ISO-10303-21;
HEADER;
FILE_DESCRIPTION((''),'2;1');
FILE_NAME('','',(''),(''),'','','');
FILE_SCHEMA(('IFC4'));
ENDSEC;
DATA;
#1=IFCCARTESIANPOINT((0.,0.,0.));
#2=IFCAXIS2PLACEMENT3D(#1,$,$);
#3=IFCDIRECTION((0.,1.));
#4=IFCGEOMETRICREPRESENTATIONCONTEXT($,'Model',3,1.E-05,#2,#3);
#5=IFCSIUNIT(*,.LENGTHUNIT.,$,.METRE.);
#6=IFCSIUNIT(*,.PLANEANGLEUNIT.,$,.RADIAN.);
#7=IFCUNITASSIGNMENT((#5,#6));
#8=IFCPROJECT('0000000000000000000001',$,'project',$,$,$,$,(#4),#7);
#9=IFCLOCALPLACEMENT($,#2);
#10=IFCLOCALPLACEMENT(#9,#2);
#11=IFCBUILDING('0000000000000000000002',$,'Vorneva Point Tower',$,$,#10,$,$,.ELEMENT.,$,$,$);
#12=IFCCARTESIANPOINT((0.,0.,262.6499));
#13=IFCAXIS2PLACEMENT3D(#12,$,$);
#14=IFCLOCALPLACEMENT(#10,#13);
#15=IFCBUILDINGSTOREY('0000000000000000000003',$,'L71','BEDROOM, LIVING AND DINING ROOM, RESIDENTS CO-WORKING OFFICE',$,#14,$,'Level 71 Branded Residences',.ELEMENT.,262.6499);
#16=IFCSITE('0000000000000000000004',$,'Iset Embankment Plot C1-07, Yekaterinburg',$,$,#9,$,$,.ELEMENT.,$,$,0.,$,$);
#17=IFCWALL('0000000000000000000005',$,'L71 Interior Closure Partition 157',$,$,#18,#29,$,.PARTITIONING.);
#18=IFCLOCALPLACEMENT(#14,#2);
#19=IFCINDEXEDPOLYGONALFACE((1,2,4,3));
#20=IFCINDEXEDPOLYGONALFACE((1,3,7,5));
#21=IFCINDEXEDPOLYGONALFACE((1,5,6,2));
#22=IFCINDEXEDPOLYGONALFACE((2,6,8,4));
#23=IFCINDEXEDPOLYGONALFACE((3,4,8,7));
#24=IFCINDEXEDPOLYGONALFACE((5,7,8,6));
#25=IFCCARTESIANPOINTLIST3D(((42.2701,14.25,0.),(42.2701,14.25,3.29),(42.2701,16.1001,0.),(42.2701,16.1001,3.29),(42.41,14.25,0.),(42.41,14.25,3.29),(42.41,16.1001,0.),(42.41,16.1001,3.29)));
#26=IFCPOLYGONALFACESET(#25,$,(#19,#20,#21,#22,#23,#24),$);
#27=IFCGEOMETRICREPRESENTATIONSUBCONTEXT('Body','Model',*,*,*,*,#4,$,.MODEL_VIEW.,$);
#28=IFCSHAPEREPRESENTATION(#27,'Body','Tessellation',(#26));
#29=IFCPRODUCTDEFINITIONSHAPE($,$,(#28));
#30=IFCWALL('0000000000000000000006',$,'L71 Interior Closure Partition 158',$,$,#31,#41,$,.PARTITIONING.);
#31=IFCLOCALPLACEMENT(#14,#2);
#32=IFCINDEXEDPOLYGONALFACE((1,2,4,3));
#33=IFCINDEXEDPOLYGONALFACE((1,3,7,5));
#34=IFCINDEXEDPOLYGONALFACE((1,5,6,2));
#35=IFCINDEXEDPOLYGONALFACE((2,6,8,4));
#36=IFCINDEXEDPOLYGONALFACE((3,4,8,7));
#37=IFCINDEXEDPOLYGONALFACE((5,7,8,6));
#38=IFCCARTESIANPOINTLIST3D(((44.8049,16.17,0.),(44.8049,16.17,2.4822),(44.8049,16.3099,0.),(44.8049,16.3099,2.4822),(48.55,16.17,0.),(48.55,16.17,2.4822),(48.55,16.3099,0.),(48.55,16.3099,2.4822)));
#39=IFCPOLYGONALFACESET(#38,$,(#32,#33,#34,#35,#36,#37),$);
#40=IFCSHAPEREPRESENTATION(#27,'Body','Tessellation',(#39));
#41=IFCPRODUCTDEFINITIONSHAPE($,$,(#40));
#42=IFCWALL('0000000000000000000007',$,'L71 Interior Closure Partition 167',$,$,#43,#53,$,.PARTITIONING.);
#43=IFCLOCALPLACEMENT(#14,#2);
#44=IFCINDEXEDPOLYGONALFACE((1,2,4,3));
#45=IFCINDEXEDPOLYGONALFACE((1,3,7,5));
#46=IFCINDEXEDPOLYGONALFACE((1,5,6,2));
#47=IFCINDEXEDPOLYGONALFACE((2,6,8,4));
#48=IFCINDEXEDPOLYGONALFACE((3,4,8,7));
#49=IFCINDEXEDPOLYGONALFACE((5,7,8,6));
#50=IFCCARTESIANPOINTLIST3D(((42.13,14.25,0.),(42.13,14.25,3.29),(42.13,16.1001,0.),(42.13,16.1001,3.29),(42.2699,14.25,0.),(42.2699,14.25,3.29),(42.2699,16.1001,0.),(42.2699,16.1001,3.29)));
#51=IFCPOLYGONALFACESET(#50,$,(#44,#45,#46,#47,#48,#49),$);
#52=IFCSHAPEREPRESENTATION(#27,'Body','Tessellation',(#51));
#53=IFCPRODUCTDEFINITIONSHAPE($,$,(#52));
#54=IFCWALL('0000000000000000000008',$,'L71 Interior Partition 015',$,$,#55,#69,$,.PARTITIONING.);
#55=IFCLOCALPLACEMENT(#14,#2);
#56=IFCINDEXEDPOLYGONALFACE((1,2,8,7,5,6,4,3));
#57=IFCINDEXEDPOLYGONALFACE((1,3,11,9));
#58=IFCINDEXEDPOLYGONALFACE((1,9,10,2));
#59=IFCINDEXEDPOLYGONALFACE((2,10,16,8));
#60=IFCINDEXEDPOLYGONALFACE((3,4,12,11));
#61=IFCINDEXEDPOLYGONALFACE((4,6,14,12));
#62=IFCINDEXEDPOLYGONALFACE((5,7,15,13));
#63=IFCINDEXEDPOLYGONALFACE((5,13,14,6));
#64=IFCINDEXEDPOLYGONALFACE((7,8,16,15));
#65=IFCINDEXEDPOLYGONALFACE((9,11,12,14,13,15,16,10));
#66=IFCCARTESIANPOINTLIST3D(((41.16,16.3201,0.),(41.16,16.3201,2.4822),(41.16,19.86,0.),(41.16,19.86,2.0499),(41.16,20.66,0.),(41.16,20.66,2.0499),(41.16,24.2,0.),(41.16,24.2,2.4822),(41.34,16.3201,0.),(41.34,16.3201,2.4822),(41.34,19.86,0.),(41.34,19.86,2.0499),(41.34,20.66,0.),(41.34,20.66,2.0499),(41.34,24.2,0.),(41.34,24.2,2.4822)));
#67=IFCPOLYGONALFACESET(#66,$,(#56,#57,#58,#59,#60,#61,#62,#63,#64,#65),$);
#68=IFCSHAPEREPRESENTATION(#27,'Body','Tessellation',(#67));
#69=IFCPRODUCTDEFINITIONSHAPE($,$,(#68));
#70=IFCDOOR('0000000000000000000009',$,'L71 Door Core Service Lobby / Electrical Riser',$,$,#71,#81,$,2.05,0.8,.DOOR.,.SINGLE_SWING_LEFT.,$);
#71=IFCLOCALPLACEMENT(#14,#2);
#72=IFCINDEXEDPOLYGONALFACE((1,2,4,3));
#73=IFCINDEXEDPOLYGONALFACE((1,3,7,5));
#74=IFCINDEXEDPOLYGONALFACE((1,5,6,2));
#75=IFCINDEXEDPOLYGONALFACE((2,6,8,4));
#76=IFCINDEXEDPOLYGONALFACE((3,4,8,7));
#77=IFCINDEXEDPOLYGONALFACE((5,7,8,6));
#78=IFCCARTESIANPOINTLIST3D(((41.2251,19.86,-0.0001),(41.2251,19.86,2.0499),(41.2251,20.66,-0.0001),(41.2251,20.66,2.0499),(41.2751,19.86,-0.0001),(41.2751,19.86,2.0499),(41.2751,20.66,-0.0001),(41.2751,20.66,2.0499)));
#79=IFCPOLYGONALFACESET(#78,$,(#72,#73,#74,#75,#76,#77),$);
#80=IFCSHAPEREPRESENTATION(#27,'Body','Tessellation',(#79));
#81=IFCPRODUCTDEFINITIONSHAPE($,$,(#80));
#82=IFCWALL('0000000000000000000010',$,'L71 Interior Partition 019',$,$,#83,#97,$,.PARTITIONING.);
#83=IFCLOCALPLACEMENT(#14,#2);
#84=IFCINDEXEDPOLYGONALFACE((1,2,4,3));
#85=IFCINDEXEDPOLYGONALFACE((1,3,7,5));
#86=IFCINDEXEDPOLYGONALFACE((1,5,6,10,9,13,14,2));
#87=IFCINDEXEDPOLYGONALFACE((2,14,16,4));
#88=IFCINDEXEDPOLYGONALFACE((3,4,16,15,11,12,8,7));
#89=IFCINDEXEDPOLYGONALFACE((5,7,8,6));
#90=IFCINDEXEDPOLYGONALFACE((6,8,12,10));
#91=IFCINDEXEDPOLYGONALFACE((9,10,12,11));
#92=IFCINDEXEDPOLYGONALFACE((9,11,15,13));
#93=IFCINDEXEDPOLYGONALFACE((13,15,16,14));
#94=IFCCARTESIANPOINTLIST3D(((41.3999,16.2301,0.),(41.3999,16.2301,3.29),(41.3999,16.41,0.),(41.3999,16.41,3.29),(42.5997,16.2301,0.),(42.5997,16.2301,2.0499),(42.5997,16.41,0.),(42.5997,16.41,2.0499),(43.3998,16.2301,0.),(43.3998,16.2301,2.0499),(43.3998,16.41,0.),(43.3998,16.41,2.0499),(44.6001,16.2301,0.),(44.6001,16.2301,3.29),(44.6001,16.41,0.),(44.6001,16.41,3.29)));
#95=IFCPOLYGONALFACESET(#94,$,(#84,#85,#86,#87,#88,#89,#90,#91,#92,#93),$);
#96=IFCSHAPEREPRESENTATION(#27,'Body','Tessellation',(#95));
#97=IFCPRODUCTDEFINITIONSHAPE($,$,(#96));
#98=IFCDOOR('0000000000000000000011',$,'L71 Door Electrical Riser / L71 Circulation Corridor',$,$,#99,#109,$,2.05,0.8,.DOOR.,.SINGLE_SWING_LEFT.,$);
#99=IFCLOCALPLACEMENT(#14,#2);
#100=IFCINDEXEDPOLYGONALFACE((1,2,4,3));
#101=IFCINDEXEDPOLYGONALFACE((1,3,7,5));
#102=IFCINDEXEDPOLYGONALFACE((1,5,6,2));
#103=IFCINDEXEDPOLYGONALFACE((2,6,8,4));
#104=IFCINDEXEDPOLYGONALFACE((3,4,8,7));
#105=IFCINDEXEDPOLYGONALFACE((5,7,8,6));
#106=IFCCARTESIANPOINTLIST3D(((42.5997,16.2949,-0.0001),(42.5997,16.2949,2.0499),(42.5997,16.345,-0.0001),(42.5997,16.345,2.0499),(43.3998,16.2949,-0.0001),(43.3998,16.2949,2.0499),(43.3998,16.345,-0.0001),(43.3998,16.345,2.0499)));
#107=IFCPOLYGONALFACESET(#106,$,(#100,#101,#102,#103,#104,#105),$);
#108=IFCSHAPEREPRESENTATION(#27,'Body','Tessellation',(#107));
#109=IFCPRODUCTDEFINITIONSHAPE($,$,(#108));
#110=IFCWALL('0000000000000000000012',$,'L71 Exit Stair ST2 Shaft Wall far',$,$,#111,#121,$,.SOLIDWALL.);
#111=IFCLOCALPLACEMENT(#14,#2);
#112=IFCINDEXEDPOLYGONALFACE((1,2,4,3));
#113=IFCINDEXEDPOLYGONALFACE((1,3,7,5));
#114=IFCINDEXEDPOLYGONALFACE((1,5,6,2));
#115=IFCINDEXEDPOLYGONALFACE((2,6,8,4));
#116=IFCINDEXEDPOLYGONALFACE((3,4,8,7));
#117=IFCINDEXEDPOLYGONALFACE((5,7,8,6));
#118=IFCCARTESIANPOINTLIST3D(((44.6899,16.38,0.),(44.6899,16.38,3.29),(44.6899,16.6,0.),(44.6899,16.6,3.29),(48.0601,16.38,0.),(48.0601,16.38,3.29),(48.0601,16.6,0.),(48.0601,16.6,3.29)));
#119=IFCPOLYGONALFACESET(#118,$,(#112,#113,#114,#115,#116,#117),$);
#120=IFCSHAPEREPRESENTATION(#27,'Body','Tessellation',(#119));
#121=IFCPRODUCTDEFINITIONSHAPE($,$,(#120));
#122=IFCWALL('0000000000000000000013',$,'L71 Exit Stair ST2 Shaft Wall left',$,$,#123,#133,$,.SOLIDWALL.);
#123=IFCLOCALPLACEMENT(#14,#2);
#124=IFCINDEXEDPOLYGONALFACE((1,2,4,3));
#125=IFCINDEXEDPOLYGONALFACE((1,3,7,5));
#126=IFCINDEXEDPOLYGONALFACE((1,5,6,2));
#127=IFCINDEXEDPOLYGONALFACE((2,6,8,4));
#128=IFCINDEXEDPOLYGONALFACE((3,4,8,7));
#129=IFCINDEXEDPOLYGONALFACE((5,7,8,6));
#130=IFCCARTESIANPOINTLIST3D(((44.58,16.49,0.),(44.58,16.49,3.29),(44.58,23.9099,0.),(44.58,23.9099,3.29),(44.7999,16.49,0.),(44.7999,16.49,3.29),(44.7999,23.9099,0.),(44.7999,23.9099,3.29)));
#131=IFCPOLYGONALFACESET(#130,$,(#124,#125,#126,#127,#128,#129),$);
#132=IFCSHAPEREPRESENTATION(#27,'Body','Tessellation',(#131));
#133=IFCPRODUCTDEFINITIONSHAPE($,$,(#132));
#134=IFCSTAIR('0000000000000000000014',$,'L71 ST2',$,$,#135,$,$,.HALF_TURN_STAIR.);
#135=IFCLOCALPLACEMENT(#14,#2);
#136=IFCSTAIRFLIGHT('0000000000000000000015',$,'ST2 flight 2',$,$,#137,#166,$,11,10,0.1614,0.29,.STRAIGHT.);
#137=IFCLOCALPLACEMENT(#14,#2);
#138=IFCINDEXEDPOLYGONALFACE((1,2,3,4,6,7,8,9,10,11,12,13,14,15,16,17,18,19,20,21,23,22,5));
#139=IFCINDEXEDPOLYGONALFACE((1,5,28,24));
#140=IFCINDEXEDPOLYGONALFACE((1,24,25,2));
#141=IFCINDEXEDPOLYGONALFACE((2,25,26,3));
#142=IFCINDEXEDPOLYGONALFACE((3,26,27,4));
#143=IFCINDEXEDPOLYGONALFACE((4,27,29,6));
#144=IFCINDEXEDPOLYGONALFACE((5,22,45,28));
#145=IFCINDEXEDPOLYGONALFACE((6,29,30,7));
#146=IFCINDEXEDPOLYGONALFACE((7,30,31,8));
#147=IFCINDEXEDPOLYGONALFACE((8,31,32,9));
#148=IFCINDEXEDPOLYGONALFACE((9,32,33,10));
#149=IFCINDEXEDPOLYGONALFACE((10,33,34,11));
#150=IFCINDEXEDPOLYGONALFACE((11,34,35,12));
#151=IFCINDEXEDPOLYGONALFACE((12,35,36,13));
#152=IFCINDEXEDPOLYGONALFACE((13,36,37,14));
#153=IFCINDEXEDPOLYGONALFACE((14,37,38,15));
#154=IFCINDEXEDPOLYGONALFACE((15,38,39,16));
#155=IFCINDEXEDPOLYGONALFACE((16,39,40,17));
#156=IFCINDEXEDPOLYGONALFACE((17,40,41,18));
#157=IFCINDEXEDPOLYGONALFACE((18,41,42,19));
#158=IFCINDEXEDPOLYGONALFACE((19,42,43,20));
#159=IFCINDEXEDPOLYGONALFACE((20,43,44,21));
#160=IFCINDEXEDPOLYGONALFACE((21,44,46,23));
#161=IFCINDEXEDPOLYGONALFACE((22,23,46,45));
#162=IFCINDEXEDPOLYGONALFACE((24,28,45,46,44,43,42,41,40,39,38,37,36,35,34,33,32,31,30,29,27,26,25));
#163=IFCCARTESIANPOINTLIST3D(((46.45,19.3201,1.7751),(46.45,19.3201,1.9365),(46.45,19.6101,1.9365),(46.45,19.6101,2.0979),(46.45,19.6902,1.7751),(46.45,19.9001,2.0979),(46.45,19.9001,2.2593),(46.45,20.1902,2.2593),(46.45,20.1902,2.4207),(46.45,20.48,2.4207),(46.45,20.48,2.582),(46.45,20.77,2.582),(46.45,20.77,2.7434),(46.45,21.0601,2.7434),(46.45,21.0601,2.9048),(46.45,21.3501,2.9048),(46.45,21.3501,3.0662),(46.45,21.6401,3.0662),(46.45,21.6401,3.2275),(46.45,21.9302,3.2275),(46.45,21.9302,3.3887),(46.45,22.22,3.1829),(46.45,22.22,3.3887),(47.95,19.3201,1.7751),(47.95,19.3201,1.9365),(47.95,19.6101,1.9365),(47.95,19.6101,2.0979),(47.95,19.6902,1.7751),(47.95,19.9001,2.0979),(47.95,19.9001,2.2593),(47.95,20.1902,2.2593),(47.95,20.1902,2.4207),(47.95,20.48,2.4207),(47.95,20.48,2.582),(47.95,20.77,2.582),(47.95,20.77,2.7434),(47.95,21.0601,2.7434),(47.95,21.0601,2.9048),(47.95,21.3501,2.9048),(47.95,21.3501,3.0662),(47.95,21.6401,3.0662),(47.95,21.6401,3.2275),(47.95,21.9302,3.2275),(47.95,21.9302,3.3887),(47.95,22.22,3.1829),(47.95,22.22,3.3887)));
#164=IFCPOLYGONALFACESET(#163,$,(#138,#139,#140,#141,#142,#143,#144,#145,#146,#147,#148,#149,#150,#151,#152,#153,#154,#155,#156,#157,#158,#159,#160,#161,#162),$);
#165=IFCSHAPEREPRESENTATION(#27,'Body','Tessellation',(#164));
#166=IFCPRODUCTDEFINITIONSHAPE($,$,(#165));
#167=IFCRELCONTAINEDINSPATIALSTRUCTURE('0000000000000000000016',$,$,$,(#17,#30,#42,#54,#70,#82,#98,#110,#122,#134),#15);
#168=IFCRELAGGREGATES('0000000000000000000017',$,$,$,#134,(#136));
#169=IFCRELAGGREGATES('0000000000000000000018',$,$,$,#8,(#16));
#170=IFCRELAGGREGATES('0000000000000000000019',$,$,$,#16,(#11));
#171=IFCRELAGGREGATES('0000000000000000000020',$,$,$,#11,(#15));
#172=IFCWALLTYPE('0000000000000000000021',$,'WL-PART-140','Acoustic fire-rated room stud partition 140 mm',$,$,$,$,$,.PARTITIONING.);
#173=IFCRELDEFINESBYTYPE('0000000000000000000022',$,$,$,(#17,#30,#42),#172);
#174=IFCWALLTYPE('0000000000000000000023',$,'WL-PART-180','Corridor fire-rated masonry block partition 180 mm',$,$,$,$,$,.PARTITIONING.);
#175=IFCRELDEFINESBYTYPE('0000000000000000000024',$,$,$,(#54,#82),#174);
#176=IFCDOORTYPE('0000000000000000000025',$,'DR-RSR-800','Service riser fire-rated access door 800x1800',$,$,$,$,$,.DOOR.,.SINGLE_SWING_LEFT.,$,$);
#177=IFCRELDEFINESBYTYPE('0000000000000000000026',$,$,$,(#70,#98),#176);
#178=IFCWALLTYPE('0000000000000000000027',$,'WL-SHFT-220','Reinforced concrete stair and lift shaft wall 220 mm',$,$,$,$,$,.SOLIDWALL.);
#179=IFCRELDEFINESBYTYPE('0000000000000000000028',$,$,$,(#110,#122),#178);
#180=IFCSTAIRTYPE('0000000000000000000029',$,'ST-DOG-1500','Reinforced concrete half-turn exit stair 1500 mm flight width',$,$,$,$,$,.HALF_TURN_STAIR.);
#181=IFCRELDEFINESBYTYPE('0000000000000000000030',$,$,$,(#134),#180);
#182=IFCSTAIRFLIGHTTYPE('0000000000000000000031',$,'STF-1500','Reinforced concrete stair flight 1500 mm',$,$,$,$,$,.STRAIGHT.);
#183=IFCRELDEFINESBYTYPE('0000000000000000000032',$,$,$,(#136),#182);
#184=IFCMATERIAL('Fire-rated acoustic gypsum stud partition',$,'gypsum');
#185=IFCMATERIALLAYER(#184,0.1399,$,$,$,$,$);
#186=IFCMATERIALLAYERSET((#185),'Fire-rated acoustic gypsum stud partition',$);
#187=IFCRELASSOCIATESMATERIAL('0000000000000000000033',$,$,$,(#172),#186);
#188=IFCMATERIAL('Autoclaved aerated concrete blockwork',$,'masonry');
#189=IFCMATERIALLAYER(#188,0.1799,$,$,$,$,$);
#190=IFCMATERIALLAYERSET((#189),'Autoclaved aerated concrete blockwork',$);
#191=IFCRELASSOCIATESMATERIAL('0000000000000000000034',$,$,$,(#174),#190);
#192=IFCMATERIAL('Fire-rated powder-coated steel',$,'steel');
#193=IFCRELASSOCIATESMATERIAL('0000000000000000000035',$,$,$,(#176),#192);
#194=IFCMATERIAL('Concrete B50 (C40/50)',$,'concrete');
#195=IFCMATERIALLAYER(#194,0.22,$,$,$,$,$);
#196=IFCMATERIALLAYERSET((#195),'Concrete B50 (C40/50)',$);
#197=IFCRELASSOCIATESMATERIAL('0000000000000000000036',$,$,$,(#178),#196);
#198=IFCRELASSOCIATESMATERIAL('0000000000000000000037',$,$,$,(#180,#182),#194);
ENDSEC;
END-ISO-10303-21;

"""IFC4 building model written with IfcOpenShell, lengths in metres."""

from ifc_helpers import new_model, si_unit, direction, frame, frame_2d, origin, place, context, subcontext, project, spatial, polyline, rectangle, outline, extrude, material, layer, layer_set, type_object, element, fill, aggregate, save


model = new_model("IFC4")

# Units and contexts
model_context = context("Model", 3, precision=1e-05, world=origin(), true_north=direction((0.0, 1.0)))
body_context = subcontext(model_context, "Body", "Model", "MODEL_VIEW")
ifc_project = project(units=[si_unit("LENGTHUNIT", "METRE"), si_unit("PLANEANGLEUNIT", "RADIAN")], contexts=[model_context])

# Site, building, storey
site_placement = place(None, origin())
site = spatial("IfcSite", under=ifc_project, at=site_placement, Name="Iset Embankment Plot C1-07, Yekaterinburg", CompositionType="ELEMENT", RefElevation=0.0)
building_placement = place(site_placement, origin())
building = spatial("IfcBuilding", under=site, at=building_placement, Name="Vorneva Point Tower", CompositionType="ELEMENT")
storey_placement = place(building_placement, frame((0.0, 0.0, 262.6499)))
storey = spatial("IfcBuildingStorey", under=building, at=storey_placement, Name="L71", Description="BEDROOM, LIVING AND DINING ROOM, RESIDENTS CO-WORKING OFFICE", LongName="Level 71 Branded Residences", CompositionType="ELEMENT", Elevation=262.6499)

# Walls
ifc_material_1 = material(Name="Fire-rated acoustic gypsum stud partition", Category="gypsum")
ifc_layer_1 = layer(ifc_material_1, 0.1399)
ifc_layer_set_1 = layer_set([ifc_layer_1], Name="Fire-rated acoustic gypsum stud partition")
wall_type_1 = type_object("IfcWallType", Name="WL-PART-140", Description="Acoustic fire-rated room stud partition 140 mm", PredefinedType="PARTITIONING", material=ifc_layer_set_1)
wall_1_placement = place(storey_placement, frame((42.3401, 14.25, 0.0), z_axis=(0.0, 0.0, 1.0), x_axis=(0.0, 1.0, 0.0)))
element("IfcWall", 1, at=wall_1_placement, inside=storey, type_object=wall_type_1, Name="L71 Interior Closure Partition 157", PredefinedType="PARTITIONING", context=body_context, shape_type="SweptSolid", body=[
    extrude(rectangle(XDim=1.8501, YDim=0.1399, at=frame_2d((0.925, 0.0))), origin(), (0.0, 0.0, 1.0), 3.29),
])
wall_2_placement = place(storey_placement, frame((44.8049, 16.24, 0.0), z_axis=(0.0, 0.0, 1.0), x_axis=(1.0, 0.0, 0.0)))
element("IfcWall", 2, at=wall_2_placement, inside=storey, type_object=wall_type_1, Name="L71 Interior Closure Partition 158", PredefinedType="PARTITIONING", context=body_context, shape_type="SweptSolid", body=[
    extrude(rectangle(XDim=3.7451, YDim=0.1399, at=frame_2d((1.8726, 0.0))), origin(), (0.0, 0.0, 1.0), 2.4822),
])
wall_3_placement = place(storey_placement, frame((42.2, 16.1001, 0.0), z_axis=(0.0, 0.0, 1.0), x_axis=(0.0, -1.0, 0.0)))
element("IfcWall", 3, at=wall_3_placement, inside=storey, type_object=wall_type_1, Name="L71 Interior Closure Partition 167", PredefinedType="PARTITIONING", context=body_context, shape_type="SweptSolid", body=[
    extrude(rectangle(XDim=1.8501, YDim=0.1399, at=frame_2d((0.925, 0.0))), origin(), (0.0, 0.0, 1.0), 3.29),
])

# Walls, openings, doors
ifc_material_2 = material(Name="Autoclaved aerated concrete blockwork", Category="masonry")
ifc_layer_2 = layer(ifc_material_2, 0.1799)
ifc_layer_set_2 = layer_set([ifc_layer_2], Name="Autoclaved aerated concrete blockwork")
wall_type_2 = type_object("IfcWallType", Name="WL-PART-180", Description="Corridor fire-rated masonry block partition 180 mm", PredefinedType="PARTITIONING", material=ifc_layer_set_2)
wall_4_placement = place(storey_placement, frame((41.25, 16.3201, 0.0), z_axis=(0.0, 0.0, 1.0), x_axis=(0.0, 1.0, 0.0)))
wall_4 = element("IfcWall", 4, at=wall_4_placement, inside=storey, type_object=wall_type_2, Name="L71 Interior Partition 015", PredefinedType="PARTITIONING", context=body_context, shape_type="SweptSolid", body=[
    extrude(rectangle(XDim=7.8799, YDim=0.1799, at=frame_2d((3.9399, 0.0))), origin(), (0.0, 0.0, 1.0), 2.4822),
])
opening_1_placement = place(wall_4_placement, frame((3.54, 0.0, 0.0)))
opening_1 = element("IfcOpeningElement", 5, at=opening_1_placement, cuts=wall_4, PredefinedType="OPENING", context=body_context, shape_type="SweptSolid", body=[
    extrude(rectangle(XDim=0.8, YDim=2.05, at=frame_2d((0.3999, 1.0249))), frame((0.0, 0.105, 0.0), z_axis=(0.0, -1.0, 0.0), x_axis=(1.0, 0.0, 0.0)), (0.0, 0.0, 1.0), 0.2097),
])
ifc_material_3 = material(Name="Fire-rated powder-coated steel", Category="steel")
door_type_1 = type_object("IfcDoorType", Name="DR-RSR-800", Description="Service riser fire-rated access door 800x1800", OperationType="SINGLE_SWING_LEFT", PredefinedType="DOOR", material=ifc_material_3)
door_1_placement = place(opening_1_placement, origin())
door_1 = element("IfcDoor", 6, at=door_1_placement, inside=storey, type_object=door_type_1, Name="L71 Door Core Service Lobby / Electrical Riser", OperationType="SINGLE_SWING_LEFT", OverallHeight=2.05, OverallWidth=0.8, PredefinedType="DOOR", context=body_context, shape_type="SweptSolid", body=[
    extrude(rectangle(XDim=0.8, YDim=2.05, at=frame_2d((0.3999, 1.0249))), frame((0.0, 0.0249, 0.0), z_axis=(0.0, -1.0, 0.0), x_axis=(1.0, 0.0, 0.0)), (0.0, 0.0, 1.0), 0.05),
])
fill(opening_1, door_1)
wall_5_placement = place(storey_placement, frame((41.3999, 16.3201, 0.0), z_axis=(0.0, 0.0, 1.0), x_axis=(1.0, 0.0, 0.0)))
wall_5 = element("IfcWall", 7, at=wall_5_placement, inside=storey, type_object=wall_type_2, Name="L71 Interior Partition 019", PredefinedType="PARTITIONING", context=body_context, shape_type="SweptSolid", body=[
    extrude(rectangle(XDim=3.2002, YDim=0.1799, at=frame_2d((1.6001, 0.0))), origin(), (0.0, 0.0, 1.0), 3.29),
])
opening_2_placement = place(wall_5_placement, frame((1.2, 0.0, 0.0)))
opening_2 = element("IfcOpeningElement", 8, at=opening_2_placement, cuts=wall_5, PredefinedType="OPENING", context=body_context, shape_type="SweptSolid", body=[
    extrude(rectangle(XDim=0.8, YDim=2.05, at=frame_2d((0.3999, 1.0249))), frame((0.0, 0.105, 0.0), z_axis=(0.0, -1.0, 0.0), x_axis=(1.0, 0.0, 0.0)), (0.0, 0.0, 1.0), 0.2097),
])
door_2_placement = place(opening_2_placement, origin())
door_2 = element("IfcDoor", 9, at=door_2_placement, inside=storey, type_object=door_type_1, Name="L71 Door Electrical Riser / L71 Circulation Corridor", OperationType="SINGLE_SWING_LEFT", OverallHeight=2.05, OverallWidth=0.8, PredefinedType="DOOR", context=body_context, shape_type="SweptSolid", body=[
    extrude(rectangle(XDim=0.8, YDim=2.05, at=frame_2d((0.3999, 1.0249))), frame((0.0, 0.0249, 0.0), z_axis=(0.0, -1.0, 0.0), x_axis=(1.0, 0.0, 0.0)), (0.0, 0.0, 1.0), 0.05),
])
fill(opening_2, door_2)

# Walls
ifc_material_4 = material(Name="Concrete B50 (C40/50)", Category="concrete")
ifc_layer_3 = layer(ifc_material_4, 0.22)
ifc_layer_set_3 = layer_set([ifc_layer_3], Name="Concrete B50 (C40/50)")
wall_type_3 = type_object("IfcWallType", Name="WL-SHFT-220", Description="Reinforced concrete stair and lift shaft wall 220 mm", PredefinedType="SOLIDWALL", material=ifc_layer_set_3)
wall_6_placement = place(storey_placement, frame((48.0601, 16.49, 0.0), z_axis=(0.0, 0.0, 1.0), x_axis=(-1.0, 0.0, 0.0)))
element("IfcWall", 10, at=wall_6_placement, inside=storey, type_object=wall_type_3, Name="L71 Exit Stair ST2 Shaft Wall far", PredefinedType="SOLIDWALL", context=body_context, shape_type="SweptSolid", body=[
    extrude(rectangle(XDim=3.3701, YDim=0.22, at=frame_2d((1.6851, 0.0))), origin(), (0.0, 0.0, 1.0), 3.29),
])
wall_7_placement = place(storey_placement, frame((44.6899, 16.49, 0.0), z_axis=(0.0, 0.0, 1.0), x_axis=(0.0, 1.0, 0.0)))
element("IfcWall", 11, at=wall_7_placement, inside=storey, type_object=wall_type_3, Name="L71 Exit Stair ST2 Shaft Wall left", PredefinedType="SOLIDWALL", context=body_context, shape_type="SweptSolid", body=[
    extrude(rectangle(XDim=7.4199, YDim=0.22, at=frame_2d((3.71, 0.0))), origin(), (0.0, 0.0, 1.0), 3.29),
])

# Stair, stair flight
stair_type = type_object("IfcStairType", Name="ST-DOG-1500", Description="Reinforced concrete half-turn exit stair 1500 mm flight width", PredefinedType="HALF_TURN_STAIR", material=ifc_material_4)
stair_placement = place(storey_placement, origin())
stair = element("IfcStair", 12, at=stair_placement, inside=storey, type_object=stair_type, Name="L71 ST2", PredefinedType="HALF_TURN_STAIR")
stair_flight_type = type_object("IfcStairFlightType", Name="STF-1500", Description="Reinforced concrete stair flight 1500 mm", PredefinedType="STRAIGHT", material=ifc_material_4)
stair_flight_placement = place(storey_placement, frame((47.2, 19.3201, 1.7751), z_axis=(0.0, 0.0, 1.0), x_axis=(0.0, 1.0, 0.0)))
stair_flight = element("IfcStairFlight", 13, at=stair_flight_placement, type_object=stair_flight_type, Name="ST2 flight 2", NumberOfRisers=11, NumberOfTreads=10, PredefinedType="STRAIGHT", RiserHeight=0.1614, TreadLength=0.29, context=body_context, shape_type="SweptSolid", body=[
    extrude(outline(polyline([(0.0, 0.0), (0.0, 0.1614), (0.29, 0.1614), (0.29, 0.3228), (0.5801, 0.3228), (0.5801, 0.4841), (0.8701, 0.4841), (0.8701, 0.6455), (1.1599, 0.6455), (1.1599, 0.8069), (1.45, 0.8069), (1.45, 0.9683), (1.74, 0.9683), (1.74, 1.1296), (2.03, 1.1296), (2.03, 1.291), (2.3201, 1.291), (2.3201, 1.4524), (2.6101, 1.4524), (2.6101, 1.6135), (2.8999, 1.6135), (2.8999, 1.7749), (2.8999, 1.4077), (0.3701, 0.0), (0.0, 0.0)])), frame((0.0, 0.75, 0.0), z_axis=(0.0, -1.0, 0.0), x_axis=(1.0, 0.0, 0.0)), (0.0, 0.0, 1.0), 1.5),
])
aggregate(stair, [stair_flight])

save(model, "model.ifc")
